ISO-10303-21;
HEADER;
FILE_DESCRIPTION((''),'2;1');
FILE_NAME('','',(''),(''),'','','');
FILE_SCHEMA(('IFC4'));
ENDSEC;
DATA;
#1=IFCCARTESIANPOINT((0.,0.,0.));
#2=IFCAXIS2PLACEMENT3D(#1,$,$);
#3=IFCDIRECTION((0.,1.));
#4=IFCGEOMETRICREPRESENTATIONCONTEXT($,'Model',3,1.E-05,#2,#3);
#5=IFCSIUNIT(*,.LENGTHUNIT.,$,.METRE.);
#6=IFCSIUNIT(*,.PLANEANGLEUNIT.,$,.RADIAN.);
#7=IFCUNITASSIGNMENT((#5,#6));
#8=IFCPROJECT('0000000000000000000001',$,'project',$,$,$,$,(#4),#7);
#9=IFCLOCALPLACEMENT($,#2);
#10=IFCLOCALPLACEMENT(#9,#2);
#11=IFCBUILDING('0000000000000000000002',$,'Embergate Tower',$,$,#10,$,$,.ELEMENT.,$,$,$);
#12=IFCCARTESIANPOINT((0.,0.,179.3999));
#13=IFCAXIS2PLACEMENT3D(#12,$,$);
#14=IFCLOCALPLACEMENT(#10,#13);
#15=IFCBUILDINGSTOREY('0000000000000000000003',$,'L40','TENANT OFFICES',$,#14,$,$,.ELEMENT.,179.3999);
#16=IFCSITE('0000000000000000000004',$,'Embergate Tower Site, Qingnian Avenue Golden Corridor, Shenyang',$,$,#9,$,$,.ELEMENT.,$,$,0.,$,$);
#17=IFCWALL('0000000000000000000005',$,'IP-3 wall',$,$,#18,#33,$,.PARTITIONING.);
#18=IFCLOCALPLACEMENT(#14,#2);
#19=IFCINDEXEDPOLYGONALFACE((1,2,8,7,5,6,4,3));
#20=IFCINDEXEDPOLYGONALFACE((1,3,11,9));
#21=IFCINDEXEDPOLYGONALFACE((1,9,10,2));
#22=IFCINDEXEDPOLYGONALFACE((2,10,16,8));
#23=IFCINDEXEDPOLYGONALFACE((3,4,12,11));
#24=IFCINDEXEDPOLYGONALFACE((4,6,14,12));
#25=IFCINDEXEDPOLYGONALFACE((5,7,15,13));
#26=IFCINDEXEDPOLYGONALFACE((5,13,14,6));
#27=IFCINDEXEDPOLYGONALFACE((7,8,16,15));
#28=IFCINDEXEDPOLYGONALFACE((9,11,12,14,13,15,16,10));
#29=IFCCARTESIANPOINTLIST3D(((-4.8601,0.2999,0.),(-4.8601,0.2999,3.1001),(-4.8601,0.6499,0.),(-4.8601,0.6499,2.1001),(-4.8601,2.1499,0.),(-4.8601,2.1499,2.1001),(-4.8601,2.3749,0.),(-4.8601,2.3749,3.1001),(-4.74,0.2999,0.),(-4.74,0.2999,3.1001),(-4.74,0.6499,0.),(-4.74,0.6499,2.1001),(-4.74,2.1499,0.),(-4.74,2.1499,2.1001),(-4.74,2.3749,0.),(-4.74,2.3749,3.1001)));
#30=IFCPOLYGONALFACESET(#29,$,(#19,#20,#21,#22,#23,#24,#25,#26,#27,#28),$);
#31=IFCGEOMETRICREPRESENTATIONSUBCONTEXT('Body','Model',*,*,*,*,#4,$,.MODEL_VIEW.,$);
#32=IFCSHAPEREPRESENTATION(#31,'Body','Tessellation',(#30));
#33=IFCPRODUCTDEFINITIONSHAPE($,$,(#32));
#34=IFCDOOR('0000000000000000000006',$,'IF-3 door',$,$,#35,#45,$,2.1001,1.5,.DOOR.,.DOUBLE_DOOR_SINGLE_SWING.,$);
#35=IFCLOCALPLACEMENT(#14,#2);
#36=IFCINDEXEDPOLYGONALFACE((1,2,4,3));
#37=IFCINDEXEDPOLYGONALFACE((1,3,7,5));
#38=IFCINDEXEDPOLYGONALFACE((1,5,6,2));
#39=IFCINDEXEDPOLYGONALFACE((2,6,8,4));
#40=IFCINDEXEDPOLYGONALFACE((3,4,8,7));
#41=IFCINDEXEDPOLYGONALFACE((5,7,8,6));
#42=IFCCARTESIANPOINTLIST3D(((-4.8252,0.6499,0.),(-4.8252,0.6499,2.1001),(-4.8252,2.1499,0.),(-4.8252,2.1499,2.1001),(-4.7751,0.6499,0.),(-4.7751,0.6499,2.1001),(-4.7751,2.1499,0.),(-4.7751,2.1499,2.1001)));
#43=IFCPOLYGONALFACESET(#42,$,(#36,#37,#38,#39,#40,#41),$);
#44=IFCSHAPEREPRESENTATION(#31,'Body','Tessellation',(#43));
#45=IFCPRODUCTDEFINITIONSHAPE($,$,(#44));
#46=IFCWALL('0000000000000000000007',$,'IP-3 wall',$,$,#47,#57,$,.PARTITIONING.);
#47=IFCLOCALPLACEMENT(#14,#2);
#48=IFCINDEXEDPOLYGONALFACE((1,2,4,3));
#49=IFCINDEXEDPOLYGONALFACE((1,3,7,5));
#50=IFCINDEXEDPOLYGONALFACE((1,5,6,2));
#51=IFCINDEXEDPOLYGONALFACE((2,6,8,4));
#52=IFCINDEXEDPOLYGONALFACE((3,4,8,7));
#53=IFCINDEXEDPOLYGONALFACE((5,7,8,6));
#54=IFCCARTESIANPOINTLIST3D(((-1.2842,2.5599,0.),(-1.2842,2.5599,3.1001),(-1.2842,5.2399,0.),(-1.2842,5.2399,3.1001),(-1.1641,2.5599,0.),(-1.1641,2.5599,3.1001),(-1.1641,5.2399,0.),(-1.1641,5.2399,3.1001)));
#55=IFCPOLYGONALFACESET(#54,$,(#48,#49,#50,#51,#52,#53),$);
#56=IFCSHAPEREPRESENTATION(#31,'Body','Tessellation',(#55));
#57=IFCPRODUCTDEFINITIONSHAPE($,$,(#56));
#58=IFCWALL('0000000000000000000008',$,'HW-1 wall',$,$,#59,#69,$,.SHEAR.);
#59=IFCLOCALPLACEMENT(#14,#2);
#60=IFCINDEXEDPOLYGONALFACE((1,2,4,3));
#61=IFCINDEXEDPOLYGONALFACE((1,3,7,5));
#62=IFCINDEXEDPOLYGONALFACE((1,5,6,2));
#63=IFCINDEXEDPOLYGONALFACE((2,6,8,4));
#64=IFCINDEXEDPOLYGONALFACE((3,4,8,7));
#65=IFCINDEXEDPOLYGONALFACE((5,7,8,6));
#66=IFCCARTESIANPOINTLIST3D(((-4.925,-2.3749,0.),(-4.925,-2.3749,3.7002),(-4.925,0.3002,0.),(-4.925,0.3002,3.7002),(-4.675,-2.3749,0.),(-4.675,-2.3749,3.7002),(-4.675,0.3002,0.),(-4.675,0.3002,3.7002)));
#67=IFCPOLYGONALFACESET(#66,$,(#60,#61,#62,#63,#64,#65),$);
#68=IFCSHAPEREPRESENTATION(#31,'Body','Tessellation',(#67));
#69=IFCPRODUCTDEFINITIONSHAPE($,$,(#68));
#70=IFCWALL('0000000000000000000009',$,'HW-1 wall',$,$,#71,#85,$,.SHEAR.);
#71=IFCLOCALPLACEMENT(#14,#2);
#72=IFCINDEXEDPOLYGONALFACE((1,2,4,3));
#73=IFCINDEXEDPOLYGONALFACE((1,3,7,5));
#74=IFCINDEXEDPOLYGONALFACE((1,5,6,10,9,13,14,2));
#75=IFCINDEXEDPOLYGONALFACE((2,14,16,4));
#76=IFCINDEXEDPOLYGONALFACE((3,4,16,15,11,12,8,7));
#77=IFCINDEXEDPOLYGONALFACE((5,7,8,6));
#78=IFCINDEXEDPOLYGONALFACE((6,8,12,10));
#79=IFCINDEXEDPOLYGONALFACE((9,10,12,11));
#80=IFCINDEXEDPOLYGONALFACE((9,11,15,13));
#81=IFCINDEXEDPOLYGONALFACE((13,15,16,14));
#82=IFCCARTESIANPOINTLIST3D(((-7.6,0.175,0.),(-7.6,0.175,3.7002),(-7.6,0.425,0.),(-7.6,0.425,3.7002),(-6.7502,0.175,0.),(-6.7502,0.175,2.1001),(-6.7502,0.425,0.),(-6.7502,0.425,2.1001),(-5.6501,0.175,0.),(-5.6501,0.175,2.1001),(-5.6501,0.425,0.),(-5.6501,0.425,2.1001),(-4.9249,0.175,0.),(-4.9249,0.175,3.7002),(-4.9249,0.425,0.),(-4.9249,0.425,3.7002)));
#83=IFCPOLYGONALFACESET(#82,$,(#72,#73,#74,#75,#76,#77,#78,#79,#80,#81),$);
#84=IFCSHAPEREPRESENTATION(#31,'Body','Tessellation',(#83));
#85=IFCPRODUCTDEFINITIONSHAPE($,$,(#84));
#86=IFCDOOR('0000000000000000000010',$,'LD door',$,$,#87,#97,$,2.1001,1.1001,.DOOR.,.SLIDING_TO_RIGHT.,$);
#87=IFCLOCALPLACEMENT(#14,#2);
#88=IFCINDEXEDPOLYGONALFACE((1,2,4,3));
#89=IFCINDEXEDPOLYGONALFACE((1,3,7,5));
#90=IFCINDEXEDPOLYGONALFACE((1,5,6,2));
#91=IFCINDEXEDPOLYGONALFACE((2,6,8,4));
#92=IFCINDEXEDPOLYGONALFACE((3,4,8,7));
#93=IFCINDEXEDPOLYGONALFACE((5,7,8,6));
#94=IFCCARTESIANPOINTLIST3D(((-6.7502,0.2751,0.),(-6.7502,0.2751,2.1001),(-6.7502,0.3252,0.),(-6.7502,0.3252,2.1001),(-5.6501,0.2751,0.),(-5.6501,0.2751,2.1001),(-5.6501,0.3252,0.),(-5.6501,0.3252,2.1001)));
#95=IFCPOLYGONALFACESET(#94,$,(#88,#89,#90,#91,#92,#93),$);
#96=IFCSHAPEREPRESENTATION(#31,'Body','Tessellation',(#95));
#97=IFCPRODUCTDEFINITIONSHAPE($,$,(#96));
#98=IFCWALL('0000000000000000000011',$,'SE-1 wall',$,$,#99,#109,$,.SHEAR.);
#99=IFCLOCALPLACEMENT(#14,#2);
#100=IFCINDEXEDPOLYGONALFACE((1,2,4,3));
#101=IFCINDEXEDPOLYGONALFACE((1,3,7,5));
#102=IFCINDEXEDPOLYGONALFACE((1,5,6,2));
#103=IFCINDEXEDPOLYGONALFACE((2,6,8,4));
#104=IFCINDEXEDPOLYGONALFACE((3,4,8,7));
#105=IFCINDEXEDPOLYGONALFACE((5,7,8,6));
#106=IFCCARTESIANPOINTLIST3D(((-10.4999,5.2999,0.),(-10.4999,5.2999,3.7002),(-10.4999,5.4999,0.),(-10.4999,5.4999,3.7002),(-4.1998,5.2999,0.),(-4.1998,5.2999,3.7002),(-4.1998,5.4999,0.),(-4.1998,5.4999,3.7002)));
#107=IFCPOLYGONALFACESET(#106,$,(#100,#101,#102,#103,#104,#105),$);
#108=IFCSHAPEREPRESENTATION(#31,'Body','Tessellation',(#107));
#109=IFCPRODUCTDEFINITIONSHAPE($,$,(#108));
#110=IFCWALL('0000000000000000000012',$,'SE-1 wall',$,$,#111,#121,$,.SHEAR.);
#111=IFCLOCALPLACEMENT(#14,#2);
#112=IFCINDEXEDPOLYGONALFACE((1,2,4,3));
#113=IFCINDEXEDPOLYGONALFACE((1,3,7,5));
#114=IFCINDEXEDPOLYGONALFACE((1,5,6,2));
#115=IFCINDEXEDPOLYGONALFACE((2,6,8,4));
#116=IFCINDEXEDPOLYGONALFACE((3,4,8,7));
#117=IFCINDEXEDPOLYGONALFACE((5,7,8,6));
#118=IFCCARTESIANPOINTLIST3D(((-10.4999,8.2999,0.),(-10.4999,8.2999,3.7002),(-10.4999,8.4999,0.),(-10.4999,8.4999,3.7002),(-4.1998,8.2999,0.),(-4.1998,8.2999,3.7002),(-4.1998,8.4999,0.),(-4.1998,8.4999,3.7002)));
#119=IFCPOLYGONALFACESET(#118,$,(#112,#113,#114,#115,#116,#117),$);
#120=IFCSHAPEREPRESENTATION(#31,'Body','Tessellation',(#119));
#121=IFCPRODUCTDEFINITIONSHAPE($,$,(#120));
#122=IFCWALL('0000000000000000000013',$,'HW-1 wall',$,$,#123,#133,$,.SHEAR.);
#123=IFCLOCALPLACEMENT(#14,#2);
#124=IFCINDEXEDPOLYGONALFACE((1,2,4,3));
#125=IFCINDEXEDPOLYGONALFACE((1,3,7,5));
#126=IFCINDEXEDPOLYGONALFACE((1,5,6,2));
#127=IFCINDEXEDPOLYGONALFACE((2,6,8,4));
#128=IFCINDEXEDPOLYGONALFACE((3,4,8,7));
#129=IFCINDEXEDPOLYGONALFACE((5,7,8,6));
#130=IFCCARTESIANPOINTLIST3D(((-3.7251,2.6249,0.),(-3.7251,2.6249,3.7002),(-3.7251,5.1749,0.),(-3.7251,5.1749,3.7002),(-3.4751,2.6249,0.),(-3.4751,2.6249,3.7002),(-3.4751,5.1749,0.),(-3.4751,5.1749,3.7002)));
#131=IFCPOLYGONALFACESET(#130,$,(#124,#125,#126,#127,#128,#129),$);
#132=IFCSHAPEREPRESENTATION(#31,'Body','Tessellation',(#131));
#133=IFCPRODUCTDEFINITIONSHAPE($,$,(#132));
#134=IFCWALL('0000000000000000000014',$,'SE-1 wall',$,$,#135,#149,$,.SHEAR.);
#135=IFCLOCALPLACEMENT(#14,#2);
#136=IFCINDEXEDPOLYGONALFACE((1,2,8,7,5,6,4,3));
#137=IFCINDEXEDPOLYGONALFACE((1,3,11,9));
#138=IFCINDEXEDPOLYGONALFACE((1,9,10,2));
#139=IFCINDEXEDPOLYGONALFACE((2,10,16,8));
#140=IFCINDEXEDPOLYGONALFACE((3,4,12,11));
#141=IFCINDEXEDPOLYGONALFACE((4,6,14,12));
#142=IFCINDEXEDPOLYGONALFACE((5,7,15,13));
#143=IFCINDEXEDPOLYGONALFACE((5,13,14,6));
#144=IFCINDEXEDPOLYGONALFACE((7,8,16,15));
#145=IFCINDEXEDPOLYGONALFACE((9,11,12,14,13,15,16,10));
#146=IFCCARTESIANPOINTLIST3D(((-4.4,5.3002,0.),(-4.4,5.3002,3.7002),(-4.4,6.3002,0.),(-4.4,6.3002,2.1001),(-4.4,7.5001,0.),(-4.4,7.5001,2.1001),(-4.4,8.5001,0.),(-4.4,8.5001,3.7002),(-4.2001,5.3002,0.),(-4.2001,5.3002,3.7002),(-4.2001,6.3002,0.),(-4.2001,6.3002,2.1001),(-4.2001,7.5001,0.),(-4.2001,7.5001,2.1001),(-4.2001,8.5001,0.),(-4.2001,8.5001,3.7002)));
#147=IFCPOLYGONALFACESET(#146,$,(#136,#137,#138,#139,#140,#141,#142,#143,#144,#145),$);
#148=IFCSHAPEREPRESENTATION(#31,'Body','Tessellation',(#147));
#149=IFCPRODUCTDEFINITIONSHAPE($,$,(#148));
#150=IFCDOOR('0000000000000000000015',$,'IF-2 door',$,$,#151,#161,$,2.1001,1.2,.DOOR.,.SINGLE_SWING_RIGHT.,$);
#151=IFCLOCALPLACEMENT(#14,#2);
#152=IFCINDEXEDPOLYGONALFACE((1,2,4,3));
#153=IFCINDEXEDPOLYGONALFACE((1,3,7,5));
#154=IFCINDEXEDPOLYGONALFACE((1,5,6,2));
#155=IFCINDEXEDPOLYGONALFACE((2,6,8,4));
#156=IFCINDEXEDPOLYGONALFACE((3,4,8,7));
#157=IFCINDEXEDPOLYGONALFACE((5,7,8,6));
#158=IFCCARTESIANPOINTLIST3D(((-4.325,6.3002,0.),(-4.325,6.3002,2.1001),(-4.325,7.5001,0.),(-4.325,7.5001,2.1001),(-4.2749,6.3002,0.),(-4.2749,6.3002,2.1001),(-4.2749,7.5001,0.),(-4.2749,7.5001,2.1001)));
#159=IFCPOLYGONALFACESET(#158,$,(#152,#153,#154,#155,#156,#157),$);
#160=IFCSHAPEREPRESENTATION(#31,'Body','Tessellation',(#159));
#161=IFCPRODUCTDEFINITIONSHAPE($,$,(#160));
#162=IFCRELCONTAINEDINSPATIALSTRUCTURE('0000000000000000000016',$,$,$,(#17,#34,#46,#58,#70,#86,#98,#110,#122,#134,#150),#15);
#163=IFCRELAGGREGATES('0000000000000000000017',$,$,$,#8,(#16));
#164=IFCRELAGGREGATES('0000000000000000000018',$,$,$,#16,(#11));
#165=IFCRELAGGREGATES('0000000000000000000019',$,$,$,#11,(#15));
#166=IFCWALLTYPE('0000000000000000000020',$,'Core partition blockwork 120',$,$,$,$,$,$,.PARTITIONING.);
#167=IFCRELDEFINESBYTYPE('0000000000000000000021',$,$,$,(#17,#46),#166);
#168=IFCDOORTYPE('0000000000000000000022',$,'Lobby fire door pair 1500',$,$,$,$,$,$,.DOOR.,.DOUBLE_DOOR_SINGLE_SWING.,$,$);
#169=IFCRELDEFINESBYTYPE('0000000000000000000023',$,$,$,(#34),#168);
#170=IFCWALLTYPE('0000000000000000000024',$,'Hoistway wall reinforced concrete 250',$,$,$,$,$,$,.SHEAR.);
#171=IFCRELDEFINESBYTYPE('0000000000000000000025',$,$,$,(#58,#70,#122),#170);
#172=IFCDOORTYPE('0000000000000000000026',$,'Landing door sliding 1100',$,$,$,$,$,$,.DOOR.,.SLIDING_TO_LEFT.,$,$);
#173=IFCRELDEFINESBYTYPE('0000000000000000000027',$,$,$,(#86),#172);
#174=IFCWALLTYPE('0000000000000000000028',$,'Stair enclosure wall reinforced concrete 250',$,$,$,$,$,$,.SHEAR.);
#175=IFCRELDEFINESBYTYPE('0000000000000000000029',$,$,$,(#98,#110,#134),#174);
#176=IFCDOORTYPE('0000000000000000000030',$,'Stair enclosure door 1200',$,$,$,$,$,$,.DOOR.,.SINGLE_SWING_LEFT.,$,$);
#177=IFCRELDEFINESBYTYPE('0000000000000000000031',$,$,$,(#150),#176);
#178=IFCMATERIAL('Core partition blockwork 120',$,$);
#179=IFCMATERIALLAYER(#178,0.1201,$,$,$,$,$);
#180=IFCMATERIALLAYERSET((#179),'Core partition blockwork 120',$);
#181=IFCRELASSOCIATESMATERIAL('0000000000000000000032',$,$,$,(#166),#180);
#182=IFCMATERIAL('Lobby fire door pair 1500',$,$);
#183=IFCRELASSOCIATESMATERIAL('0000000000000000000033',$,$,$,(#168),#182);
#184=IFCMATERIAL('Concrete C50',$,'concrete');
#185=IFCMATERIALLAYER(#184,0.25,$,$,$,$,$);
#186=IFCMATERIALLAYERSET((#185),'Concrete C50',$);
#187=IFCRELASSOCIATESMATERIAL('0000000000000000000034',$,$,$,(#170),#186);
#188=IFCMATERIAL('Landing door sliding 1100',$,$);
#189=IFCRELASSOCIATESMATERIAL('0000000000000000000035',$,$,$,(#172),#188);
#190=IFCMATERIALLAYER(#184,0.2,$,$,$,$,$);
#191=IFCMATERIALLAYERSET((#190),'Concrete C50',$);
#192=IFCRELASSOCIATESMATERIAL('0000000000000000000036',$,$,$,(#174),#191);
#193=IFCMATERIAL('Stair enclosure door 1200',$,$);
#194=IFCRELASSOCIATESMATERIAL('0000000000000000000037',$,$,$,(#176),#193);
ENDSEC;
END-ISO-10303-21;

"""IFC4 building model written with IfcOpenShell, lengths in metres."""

from ifc_helpers import new_model, si_unit, direction, frame, frame_2d, origin, place, context, subcontext, project, spatial, rectangle, extrude, source, transform, mapped, material, layer, layer_set, type_object, element, fill, save


model = new_model("IFC4")

# Units and contexts
model_context = context("Model", 3, precision=1e-05, world=origin(), true_north=direction((0.0, 1.0)))
body_context = subcontext(model_context, "Body", "Model", "MODEL_VIEW")
ifc_project = project(units=[si_unit("LENGTHUNIT", "METRE"), si_unit("PLANEANGLEUNIT", "RADIAN")], contexts=[model_context])

# Site, building, storey
site_placement = place(None, origin())
site = spatial("IfcSite", under=ifc_project, at=site_placement, Name="Embergate Tower Site, Qingnian Avenue Golden Corridor, Shenyang", CompositionType="ELEMENT", RefElevation=0.0)
building_placement = place(site_placement, origin())
building = spatial("IfcBuilding", under=site, at=building_placement, Name="Embergate Tower", CompositionType="ELEMENT")
storey_placement = place(building_placement, frame((0.0, 0.0, 179.3999)))
storey = spatial("IfcBuildingStorey", under=building, at=storey_placement, Name="L40", Description="TENANT OFFICES", CompositionType="ELEMENT", Elevation=179.3999)

# Wall, opening, door
ifc_material_1 = material(Name="Core partition blockwork 120")
ifc_layer_1 = layer(ifc_material_1, 0.1201)
ifc_layer_set_1 = layer_set([ifc_layer_1], Name="Core partition blockwork 120")
wall_type_1 = type_object("IfcWallType", Name="Core partition blockwork 120", PredefinedType="PARTITIONING", material=ifc_layer_set_1)
shared_shape_1 = source(origin(), body_context, "Body", "SweptSolid", [
    extrude(rectangle(XDim=2.075, YDim=0.1201, at=frame_2d((1.0376, 0.0))), origin(), (0.0, 0.0, 1.0), 3.1001),
])
wall_1_placement = place(storey_placement, frame((-4.8, 2.375, 0.0), z_axis=(0.0, 0.0, 1.0), x_axis=(0.0, -1.0, 0.0)))
wall_1 = element("IfcWall", 1, at=wall_1_placement, inside=storey, type_object=wall_type_1, Name="IP-3 wall", PredefinedType="PARTITIONING", context=body_context, shape_type="MappedRepresentation", body=[
    mapped(shared_shape_1, transform((0.0, 0.0, 0.0))),
])
shared_shape_2 = source(origin(), body_context, "Body", "SweptSolid", [
    extrude(rectangle(XDim=1.5, YDim=2.1001, at=frame_2d((0.75, 1.05))), frame((0.0, 0.0701, 0.0), z_axis=(0.0, -1.0, 0.0), x_axis=(1.0, 0.0, 0.0)), (0.0, 0.0, 1.0), 0.1401),
])
opening_1_placement = place(wall_1_placement, frame((0.2251, 0.0, 0.0)))
opening_1 = element("IfcOpeningElement", 2, at=opening_1_placement, cuts=wall_1, PredefinedType="OPENING", context=body_context, shape_type="MappedRepresentation", body=[
    mapped(shared_shape_2, transform((0.0, 0.0, 0.0))),
])
ifc_material_2 = material(Name="Lobby fire door pair 1500")
door_type_1 = type_object("IfcDoorType", Name="Lobby fire door pair 1500", OperationType="DOUBLE_DOOR_SINGLE_SWING", PredefinedType="DOOR", material=ifc_material_2)
shared_shape_3 = source(origin(), body_context, "Body", "SweptSolid", [
    extrude(rectangle(XDim=1.5, YDim=2.1001, at=frame_2d((0.75, 1.05))), frame((0.0, 0.0249, 0.0), z_axis=(0.0, -1.0, 0.0), x_axis=(1.0, 0.0, 0.0)), (0.0, 0.0, 1.0), 0.05),
])
door_1_placement = place(opening_1_placement, origin())
door_1 = element("IfcDoor", 3, at=door_1_placement, inside=storey, type_object=door_type_1, Name="IF-3 door", OperationType="DOUBLE_DOOR_SINGLE_SWING", OverallHeight=2.1001, OverallWidth=1.5, PredefinedType="DOOR", context=body_context, shape_type="MappedRepresentation", body=[
    mapped(shared_shape_3, transform((0.0, 0.0, 0.0))),
])
fill(opening_1, door_1)

# Walls
shared_shape_4 = source(origin(), body_context, "Body", "SweptSolid", [
    extrude(rectangle(XDim=2.6799, YDim=0.1201, at=frame_2d((1.3398, 0.0))), origin(), (0.0, 0.0, 1.0), 3.1001),
])
wall_2_placement = place(storey_placement, frame((-1.2241, 2.5601, 0.0), z_axis=(0.0, 0.0, 1.0), x_axis=(0.0, 1.0, 0.0)))
element("IfcWall", 4, at=wall_2_placement, inside=storey, type_object=wall_type_1, Name="IP-3 wall", PredefinedType="PARTITIONING", context=body_context, shape_type="MappedRepresentation", body=[
    mapped(shared_shape_4, transform((0.0, 0.0, 0.0))),
])
ifc_material_3 = material(Name="Concrete C50", Category="concrete")
ifc_layer_2 = layer(ifc_material_3, 0.25)
ifc_layer_set_2 = layer_set([ifc_layer_2], Name="Concrete C50")
wall_type_2 = type_object("IfcWallType", Name="Hoistway wall reinforced concrete 250", PredefinedType="SHEAR", material=ifc_layer_set_2)
shared_shape_5 = source(origin(), body_context, "Body", "SweptSolid", [
    extrude(rectangle(XDim=2.675, YDim=0.25, at=frame_2d((1.3374, 0.0))), origin(), (0.0, 0.0, 1.0), 3.7002),
])
wall_3_placement = place(storey_placement, frame((-4.8, 0.3, 0.0), z_axis=(0.0, 0.0, 1.0), x_axis=(0.0, -1.0, 0.0)))
element("IfcWall", 5, at=wall_3_placement, inside=storey, type_object=wall_type_2, Name="HW-1 wall", PredefinedType="SHEAR", context=body_context, shape_type="MappedRepresentation", body=[
    mapped(shared_shape_5, transform((0.0, 0.0, 0.0))),
])

# Wall, opening, door
wall_4_placement = place(storey_placement, frame((-4.925, 0.3, 0.0), z_axis=(0.0, 0.0, 1.0), x_axis=(-1.0, 0.0, 0.0)))
wall_4 = element("IfcWall", 6, at=wall_4_placement, inside=storey, type_object=wall_type_2, Name="HW-1 wall", PredefinedType="SHEAR", context=body_context, shape_type="MappedRepresentation", body=[
    mapped(shared_shape_5, transform((0.0, 0.0, 0.0))),
])
shared_shape_6 = source(origin(), body_context, "Body", "SweptSolid", [
    extrude(rectangle(XDim=1.1001, YDim=2.1001, at=frame_2d((0.55, 1.05))), frame((0.0, 0.135, 0.0), z_axis=(0.0, -1.0, 0.0), x_axis=(1.0, 0.0, 0.0)), (0.0, 0.0, 1.0), 0.27),
])
opening_2_placement = place(wall_4_placement, frame((0.7251, 0.0, 0.0)))
opening_2 = element("IfcOpeningElement", 7, at=opening_2_placement, cuts=wall_4, PredefinedType="OPENING", context=body_context, shape_type="MappedRepresentation", body=[
    mapped(shared_shape_6, transform((0.0, 0.0, 0.0))),
])
ifc_material_4 = material(Name="Landing door sliding 1100")
door_type_2 = type_object("IfcDoorType", Name="Landing door sliding 1100", OperationType="SLIDING_TO_LEFT", PredefinedType="DOOR", material=ifc_material_4)
shared_shape_7 = source(origin(), body_context, "Body", "SweptSolid", [
    extrude(rectangle(XDim=1.1001, YDim=2.1001, at=frame_2d((0.55, 1.05))), frame((0.0, 0.0249, 0.0), z_axis=(0.0, -1.0, 0.0), x_axis=(1.0, 0.0, 0.0)), (0.0, 0.0, 1.0), 0.05),
])
door_2_placement = place(opening_2_placement, origin())
door_2 = element("IfcDoor", 8, at=door_2_placement, inside=storey, type_object=door_type_2, Name="LD door", OperationType="SLIDING_TO_RIGHT", OverallHeight=2.1001, OverallWidth=1.1001, PredefinedType="DOOR", context=body_context, shape_type="MappedRepresentation", body=[
    mapped(shared_shape_7, transform((0.0, 0.0, 0.0))),
])
fill(opening_2, door_2)

# Walls
ifc_layer_3 = layer(ifc_material_3, 0.2)
ifc_layer_set_3 = layer_set([ifc_layer_3], Name="Concrete C50")
wall_type_3 = type_object("IfcWallType", Name="Stair enclosure wall reinforced concrete 250", PredefinedType="SHEAR", material=ifc_layer_set_3)
shared_shape_8 = source(origin(), body_context, "Body", "SweptSolid", [
    extrude(rectangle(XDim=6.3, YDim=0.2, at=frame_2d((3.1499, 0.0))), origin(), (0.0, 0.0, 1.0), 3.7002),
])
for number, where, z_axis, x_axis, name in (
    (9, (-4.2, 5.3999, 0.0), (0.0, 0.0, 1.0), (-1.0, 0.0, 0.0), "SE-1 wall"),
    (10, (-4.2, 8.3999, 0.0), (0.0, 0.0, 1.0), (-1.0, 0.0, 0.0), "SE-1 wall"),
):
    element("IfcWall", number, at=place(storey_placement, frame(where, z_axis=z_axis, x_axis=x_axis)), inside=storey, type_object=wall_type_3, Name=name, PredefinedType="SHEAR", context=body_context, shape_type="MappedRepresentation", body=[
        mapped(shared_shape_8, transform((0.0, 0.0, 0.0))),
    ])
shared_shape_9 = source(origin(), body_context, "Body", "SweptSolid", [
    extrude(rectangle(XDim=2.55, YDim=0.25, at=frame_2d((1.2749, 0.0))), origin(), (0.0, 0.0, 1.0), 3.7002),
])
wall_5_placement = place(storey_placement, frame((-3.6001, 2.625, 0.0), z_axis=(0.0, 0.0, 1.0), x_axis=(0.0, 1.0, 0.0)))
element("IfcWall", 11, at=wall_5_placement, inside=storey, type_object=wall_type_2, Name="HW-1 wall", PredefinedType="SHEAR", context=body_context, shape_type="MappedRepresentation", body=[
    mapped(shared_shape_9, transform((0.0, 0.0, 0.0))),
])

# Wall, opening, door
shared_shape_10 = source(origin(), body_context, "Body", "SweptSolid", [
    extrude(rectangle(XDim=3.2, YDim=0.2, at=frame_2d((1.6001, 0.0))), origin(), (0.0, 0.0, 1.0), 3.7002),
])
wall_6_placement = place(storey_placement, frame((-4.3, 5.3, 0.0), z_axis=(0.0, 0.0, 1.0), x_axis=(0.0, 1.0, 0.0)))
wall_6 = element("IfcWall", 12, at=wall_6_placement, inside=storey, type_object=wall_type_3, Name="SE-1 wall", PredefinedType="SHEAR", context=body_context, shape_type="MappedRepresentation", body=[
    mapped(shared_shape_10, transform((0.0, 0.0, 0.0))),
])
shared_shape_11 = source(origin(), body_context, "Body", "SweptSolid", [
    extrude(rectangle(XDim=1.2, YDim=2.1001, at=frame_2d((0.6001, 1.05))), frame((0.0, 0.1099, 0.0), z_axis=(0.0, -1.0, 0.0), x_axis=(1.0, 0.0, 0.0)), (0.0, 0.0, 1.0), 0.22),
])
opening_3_placement = place(wall_6_placement, frame((1.0, 0.0, 0.0)))
opening_3 = element("IfcOpeningElement", 13, at=opening_3_placement, cuts=wall_6, PredefinedType="OPENING", context=body_context, shape_type="MappedRepresentation", body=[
    mapped(shared_shape_11, transform((0.0, 0.0, 0.0))),
])
ifc_material_5 = material(Name="Stair enclosure door 1200")
door_type_3 = type_object("IfcDoorType", Name="Stair enclosure door 1200", OperationType="SINGLE_SWING_LEFT", PredefinedType="DOOR", material=ifc_material_5)
shared_shape_12 = source(origin(), body_context, "Body", "SweptSolid", [
    extrude(rectangle(XDim=1.2, YDim=2.1001, at=frame_2d((0.6001, 1.05))), frame((0.0, 0.0249, 0.0), z_axis=(0.0, -1.0, 0.0), x_axis=(1.0, 0.0, 0.0)), (0.0, 0.0, 1.0), 0.05),
])
door_3_placement = place(opening_3_placement, origin())
door_3 = element("IfcDoor", 14, at=door_3_placement, inside=storey, type_object=door_type_3, Name="IF-2 door", OperationType="SINGLE_SWING_RIGHT", OverallHeight=2.1001, OverallWidth=1.2, PredefinedType="DOOR", context=body_context, shape_type="MappedRepresentation", body=[
    mapped(shared_shape_12, transform((0.0, 0.0, 0.0))),
])
fill(opening_3, door_3)

save(model, "model.ifc")
